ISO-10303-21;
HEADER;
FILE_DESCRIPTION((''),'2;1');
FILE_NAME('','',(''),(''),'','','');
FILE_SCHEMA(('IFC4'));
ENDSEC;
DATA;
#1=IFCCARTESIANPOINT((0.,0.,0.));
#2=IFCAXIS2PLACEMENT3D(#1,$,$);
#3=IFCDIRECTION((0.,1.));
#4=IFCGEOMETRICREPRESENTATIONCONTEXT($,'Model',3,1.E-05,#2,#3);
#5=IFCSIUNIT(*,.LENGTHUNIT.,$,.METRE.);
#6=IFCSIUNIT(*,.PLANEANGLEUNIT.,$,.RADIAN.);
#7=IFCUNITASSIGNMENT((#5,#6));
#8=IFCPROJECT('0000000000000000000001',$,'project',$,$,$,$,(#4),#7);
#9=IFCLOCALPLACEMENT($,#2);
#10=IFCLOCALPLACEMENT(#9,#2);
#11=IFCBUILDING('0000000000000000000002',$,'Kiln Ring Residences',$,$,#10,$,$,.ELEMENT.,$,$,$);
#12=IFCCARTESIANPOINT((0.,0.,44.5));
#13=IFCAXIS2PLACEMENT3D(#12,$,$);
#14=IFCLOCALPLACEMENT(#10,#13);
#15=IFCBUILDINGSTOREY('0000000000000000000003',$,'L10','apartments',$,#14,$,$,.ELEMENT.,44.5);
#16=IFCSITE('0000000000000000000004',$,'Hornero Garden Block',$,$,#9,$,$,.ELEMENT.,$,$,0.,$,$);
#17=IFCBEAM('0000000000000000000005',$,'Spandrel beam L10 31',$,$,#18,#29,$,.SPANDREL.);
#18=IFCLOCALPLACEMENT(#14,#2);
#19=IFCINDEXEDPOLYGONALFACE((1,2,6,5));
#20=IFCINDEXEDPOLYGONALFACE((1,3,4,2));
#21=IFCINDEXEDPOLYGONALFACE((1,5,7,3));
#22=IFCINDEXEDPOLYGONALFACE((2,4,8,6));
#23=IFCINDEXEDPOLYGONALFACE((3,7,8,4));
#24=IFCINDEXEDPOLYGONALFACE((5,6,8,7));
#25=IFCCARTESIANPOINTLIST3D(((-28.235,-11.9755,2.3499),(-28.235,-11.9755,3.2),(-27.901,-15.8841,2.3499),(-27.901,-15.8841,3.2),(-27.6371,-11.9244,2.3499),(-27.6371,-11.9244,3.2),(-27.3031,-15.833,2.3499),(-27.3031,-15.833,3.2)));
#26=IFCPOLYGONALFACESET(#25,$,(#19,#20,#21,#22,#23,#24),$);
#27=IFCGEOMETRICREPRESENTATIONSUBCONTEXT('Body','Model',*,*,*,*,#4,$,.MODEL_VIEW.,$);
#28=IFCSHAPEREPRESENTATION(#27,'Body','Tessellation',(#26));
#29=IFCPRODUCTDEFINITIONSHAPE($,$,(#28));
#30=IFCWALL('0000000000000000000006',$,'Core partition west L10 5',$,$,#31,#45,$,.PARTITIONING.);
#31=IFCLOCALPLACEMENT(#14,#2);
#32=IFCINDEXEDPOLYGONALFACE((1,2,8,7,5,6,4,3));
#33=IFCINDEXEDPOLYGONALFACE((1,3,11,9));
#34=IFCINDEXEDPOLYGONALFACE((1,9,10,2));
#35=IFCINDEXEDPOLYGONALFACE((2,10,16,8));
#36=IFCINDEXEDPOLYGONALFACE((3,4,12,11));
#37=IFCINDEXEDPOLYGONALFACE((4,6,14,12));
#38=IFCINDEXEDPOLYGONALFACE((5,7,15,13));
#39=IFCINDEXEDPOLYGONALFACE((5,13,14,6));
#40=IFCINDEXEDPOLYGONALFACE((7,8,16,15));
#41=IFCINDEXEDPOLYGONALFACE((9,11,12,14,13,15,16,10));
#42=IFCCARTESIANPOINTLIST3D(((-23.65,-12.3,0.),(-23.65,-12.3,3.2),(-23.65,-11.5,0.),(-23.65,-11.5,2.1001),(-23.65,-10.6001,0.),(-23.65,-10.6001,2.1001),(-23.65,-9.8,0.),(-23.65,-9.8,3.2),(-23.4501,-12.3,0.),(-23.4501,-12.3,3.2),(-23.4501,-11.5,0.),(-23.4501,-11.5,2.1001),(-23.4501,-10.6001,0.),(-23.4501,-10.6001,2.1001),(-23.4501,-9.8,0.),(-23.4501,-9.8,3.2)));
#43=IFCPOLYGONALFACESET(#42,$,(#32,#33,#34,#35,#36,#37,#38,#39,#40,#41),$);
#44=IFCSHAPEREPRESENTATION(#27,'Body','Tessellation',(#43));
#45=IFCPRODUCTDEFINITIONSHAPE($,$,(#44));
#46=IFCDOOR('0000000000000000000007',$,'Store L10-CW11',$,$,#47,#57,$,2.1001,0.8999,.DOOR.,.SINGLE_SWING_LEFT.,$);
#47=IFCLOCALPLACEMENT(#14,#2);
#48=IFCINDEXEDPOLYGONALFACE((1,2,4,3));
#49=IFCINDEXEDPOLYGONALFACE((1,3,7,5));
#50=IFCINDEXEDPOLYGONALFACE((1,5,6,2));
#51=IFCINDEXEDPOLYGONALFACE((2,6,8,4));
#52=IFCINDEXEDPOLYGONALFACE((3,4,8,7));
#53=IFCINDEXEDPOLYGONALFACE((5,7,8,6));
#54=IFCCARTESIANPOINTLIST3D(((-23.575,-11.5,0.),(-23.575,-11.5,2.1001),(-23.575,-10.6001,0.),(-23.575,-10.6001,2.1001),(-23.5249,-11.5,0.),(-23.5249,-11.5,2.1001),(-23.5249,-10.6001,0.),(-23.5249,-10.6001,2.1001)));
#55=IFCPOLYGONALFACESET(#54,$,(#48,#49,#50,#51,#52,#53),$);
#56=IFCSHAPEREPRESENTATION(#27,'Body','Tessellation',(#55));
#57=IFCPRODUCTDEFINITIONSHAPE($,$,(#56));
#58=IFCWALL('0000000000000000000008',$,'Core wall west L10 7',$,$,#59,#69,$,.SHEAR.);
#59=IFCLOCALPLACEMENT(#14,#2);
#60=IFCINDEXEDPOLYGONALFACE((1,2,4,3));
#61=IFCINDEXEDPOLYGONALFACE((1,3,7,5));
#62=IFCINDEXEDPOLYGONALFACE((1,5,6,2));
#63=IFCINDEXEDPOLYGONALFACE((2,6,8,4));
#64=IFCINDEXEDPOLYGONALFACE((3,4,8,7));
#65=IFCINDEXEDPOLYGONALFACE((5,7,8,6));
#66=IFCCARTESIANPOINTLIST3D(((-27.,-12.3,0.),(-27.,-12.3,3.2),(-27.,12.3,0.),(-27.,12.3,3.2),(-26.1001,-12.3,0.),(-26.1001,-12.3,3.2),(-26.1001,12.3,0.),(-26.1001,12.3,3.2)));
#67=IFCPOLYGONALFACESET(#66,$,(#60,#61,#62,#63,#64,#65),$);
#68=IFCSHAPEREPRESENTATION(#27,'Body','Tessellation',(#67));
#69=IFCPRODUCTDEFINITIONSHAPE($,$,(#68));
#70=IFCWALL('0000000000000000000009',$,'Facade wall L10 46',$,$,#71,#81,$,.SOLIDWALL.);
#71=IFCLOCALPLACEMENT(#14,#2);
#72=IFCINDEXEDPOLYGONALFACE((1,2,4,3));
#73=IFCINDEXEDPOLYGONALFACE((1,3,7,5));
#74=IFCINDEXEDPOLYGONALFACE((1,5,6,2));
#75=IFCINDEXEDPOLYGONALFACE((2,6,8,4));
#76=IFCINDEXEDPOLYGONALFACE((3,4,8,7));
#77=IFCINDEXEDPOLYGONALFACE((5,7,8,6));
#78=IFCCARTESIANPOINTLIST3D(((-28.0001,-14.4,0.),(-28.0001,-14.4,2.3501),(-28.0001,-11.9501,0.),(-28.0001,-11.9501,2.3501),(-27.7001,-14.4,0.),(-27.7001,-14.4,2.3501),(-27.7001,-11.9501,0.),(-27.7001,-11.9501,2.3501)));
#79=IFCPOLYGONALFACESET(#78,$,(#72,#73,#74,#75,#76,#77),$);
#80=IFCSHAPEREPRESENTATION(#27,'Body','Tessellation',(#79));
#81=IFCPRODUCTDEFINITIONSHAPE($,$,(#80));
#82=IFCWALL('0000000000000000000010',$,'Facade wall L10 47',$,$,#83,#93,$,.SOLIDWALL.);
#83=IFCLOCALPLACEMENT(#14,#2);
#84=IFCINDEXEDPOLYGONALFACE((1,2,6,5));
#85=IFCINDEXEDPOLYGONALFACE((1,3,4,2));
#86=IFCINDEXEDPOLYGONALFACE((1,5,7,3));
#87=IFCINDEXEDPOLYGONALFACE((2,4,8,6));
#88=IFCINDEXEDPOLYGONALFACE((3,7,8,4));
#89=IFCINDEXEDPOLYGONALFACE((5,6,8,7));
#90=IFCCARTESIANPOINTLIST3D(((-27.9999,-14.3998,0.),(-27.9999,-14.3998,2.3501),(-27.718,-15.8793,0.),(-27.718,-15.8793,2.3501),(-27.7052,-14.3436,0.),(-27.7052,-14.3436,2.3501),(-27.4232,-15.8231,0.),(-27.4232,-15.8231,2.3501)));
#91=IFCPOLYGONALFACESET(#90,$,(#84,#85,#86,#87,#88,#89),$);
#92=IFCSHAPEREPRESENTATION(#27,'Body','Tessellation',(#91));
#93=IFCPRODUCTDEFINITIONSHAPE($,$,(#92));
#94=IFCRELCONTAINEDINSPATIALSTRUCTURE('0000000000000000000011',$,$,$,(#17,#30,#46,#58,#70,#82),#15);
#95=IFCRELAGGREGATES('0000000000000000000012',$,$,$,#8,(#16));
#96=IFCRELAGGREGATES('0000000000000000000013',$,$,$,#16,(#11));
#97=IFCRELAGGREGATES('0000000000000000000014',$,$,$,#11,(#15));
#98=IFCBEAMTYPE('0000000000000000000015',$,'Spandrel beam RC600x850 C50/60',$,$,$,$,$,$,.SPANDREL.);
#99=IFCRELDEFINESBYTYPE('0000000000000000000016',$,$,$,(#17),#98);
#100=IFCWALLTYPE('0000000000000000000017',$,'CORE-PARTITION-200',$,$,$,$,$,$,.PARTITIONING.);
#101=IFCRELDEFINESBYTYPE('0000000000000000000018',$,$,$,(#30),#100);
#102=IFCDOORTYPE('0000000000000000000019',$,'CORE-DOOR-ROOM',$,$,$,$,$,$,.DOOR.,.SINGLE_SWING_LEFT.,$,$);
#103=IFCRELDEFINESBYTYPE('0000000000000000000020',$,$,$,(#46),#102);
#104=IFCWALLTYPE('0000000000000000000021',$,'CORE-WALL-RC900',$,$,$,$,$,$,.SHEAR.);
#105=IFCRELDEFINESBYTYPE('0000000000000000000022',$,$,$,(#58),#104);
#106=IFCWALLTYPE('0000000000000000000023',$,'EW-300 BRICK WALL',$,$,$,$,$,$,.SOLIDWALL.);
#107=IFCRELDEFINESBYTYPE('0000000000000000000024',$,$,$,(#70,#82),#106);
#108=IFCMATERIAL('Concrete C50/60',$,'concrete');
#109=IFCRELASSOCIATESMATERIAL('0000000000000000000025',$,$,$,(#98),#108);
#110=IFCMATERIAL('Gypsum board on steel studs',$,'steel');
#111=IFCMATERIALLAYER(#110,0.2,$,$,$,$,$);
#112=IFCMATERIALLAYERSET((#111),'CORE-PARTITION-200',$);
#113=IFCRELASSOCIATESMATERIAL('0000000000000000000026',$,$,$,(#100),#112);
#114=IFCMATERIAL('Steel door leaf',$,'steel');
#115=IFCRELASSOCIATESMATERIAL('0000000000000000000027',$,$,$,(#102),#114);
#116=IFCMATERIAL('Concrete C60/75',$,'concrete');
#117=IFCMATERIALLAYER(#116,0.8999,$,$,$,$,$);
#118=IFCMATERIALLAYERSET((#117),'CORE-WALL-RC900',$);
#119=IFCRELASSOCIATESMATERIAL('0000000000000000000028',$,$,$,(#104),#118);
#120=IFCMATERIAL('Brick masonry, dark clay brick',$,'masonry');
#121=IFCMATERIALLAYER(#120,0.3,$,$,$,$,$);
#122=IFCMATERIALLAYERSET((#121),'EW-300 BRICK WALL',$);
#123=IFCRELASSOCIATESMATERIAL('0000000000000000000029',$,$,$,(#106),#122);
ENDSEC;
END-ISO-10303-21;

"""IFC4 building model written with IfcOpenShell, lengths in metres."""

from ifc_helpers import new_model, si_unit, direction, frame, frame_2d, origin, origin_2d, place, context, subcontext, project, spatial, rectangle, extrude, material, layer, layer_set, material_profile, profile_set, type_object, element, fill, save


model = new_model("IFC4")

# Units and contexts
model_context = context("Model", 3, precision=1e-05, world=origin(), true_north=direction((0.0, 1.0)))
body_context = subcontext(model_context, "Body", "Model", "MODEL_VIEW")
ifc_project = project(units=[si_unit("LENGTHUNIT", "METRE"), si_unit("PLANEANGLEUNIT", "RADIAN")], contexts=[model_context])

# Site, building, storey
site_placement = place(None, origin())
site = spatial("IfcSite", under=ifc_project, at=site_placement, Name="Hornero Garden Block", CompositionType="ELEMENT", RefElevation=0.0)
building_placement = place(site_placement, origin())
building = spatial("IfcBuilding", under=site, at=building_placement, Name="Kiln Ring Residences", CompositionType="ELEMENT")
storey_placement = place(building_placement, frame((0.0, 0.0, 44.5)))
storey = spatial("IfcBuildingStorey", under=building, at=storey_placement, Name="L10", Description="apartments", CompositionType="ELEMENT", Elevation=44.5)

# Beam
ifc_material_1 = material(Name="Concrete C50/60", Category="concrete")
ifc_material_profile = material_profile(ifc_material_1, rectangle(XDim=0.6001, YDim=0.8501, at=origin_2d()), Name="RC600x850")
ifc_profile_set = profile_set([ifc_material_profile], Name="Concrete C50/60")
beam_type = type_object("IfcBeamType", Name="Spandrel beam RC600x850 C50/60", PredefinedType="SPANDREL", material=ifc_profile_set)
beam_placement = place(storey_placement, frame((-27.936, -11.95, 2.7749), z_axis=(0.085136, -0.996369, 0.0), x_axis=(0.996369, 0.085136, 0.0)))
element("IfcBeam", 1, at=beam_placement, inside=storey, type_object=beam_type, Name="Spandrel beam L10 31", PredefinedType="SPANDREL", context=body_context, shape_type="SweptSolid", body=[
    extrude(rectangle(XDim=0.6001, YDim=0.8501, at=origin_2d()), origin(), (0.0, 0.0, 1.0), 3.9229),
])

# Wall, opening, door
ifc_material_2 = material(Name="Gypsum board on steel studs", Category="steel")
ifc_layer_1 = layer(ifc_material_2, 0.2)
ifc_layer_set_1 = layer_set([ifc_layer_1], Name="CORE-PARTITION-200")
wall_type_1 = type_object("IfcWallType", Name="CORE-PARTITION-200", PredefinedType="PARTITIONING", material=ifc_layer_set_1)
wall_1_placement = place(storey_placement, frame((-23.55, -12.3, 0.0), z_axis=(0.0, 0.0, 1.0), x_axis=(0.0, 1.0, 0.0)))
wall_1 = element("IfcWall", 2, at=wall_1_placement, inside=storey, type_object=wall_type_1, Name="Core partition west L10 5", PredefinedType="PARTITIONING", context=body_context, shape_type="SweptSolid", body=[
    extrude(rectangle(XDim=2.5, YDim=0.2, at=frame_2d((1.25, 0.0))), origin(), (0.0, 0.0, 1.0), 3.2),
])
opening_1_placement = place(wall_1_placement, frame((0.8, 0.0, 0.0)))
opening_1 = element("IfcOpeningElement", 3, at=opening_1_placement, cuts=wall_1, PredefinedType="OPENING", context=body_context, shape_type="SweptSolid", body=[
    extrude(rectangle(XDim=0.8999, YDim=2.1001, at=frame_2d((0.45, 1.05))), frame((0.0, 0.1099, 0.0), z_axis=(0.0, -1.0, 0.0), x_axis=(1.0, 0.0, 0.0)), (0.0, 0.0, 1.0), 0.22),
])
ifc_material_3 = material(Name="Steel door leaf", Category="steel")
door_type_1 = type_object("IfcDoorType", Name="CORE-DOOR-ROOM", OperationType="SINGLE_SWING_LEFT", PredefinedType="DOOR", material=ifc_material_3)
door_1_placement = place(opening_1_placement, origin())
door_1 = element("IfcDoor", 4, at=door_1_placement, inside=storey, type_object=door_type_1, Name="Store L10-CW11", OperationType="SINGLE_SWING_LEFT", OverallHeight=2.1001, OverallWidth=0.8999, PredefinedType="DOOR", context=body_context, shape_type="SweptSolid", body=[
    extrude(rectangle(XDim=0.8999, YDim=2.1001, at=frame_2d((0.45, 1.05))), frame((0.0, 0.0249, 0.0), z_axis=(0.0, -1.0, 0.0), x_axis=(1.0, 0.0, 0.0)), (0.0, 0.0, 1.0), 0.05),
])
fill(opening_1, door_1)

# Walls
ifc_material_4 = material(Name="Concrete C60/75", Category="concrete")
ifc_layer_2 = layer(ifc_material_4, 0.8999)
ifc_layer_set_2 = layer_set([ifc_layer_2], Name="CORE-WALL-RC900")
wall_type_2 = type_object("IfcWallType", Name="CORE-WALL-RC900", PredefinedType="SHEAR", material=ifc_layer_set_2)
wall_2_placement = place(storey_placement, frame((-26.55, -12.3, 0.0), z_axis=(0.0, 0.0, 1.0), x_axis=(0.0, 1.0, 0.0)))
element("IfcWall", 5, at=wall_2_placement, inside=storey, type_object=wall_type_2, Name="Core wall west L10 7", PredefinedType="SHEAR", context=body_context, shape_type="SweptSolid", body=[
    extrude(rectangle(XDim=24.6001, YDim=0.8999, at=frame_2d((12.3, 0.0))), origin(), (0.0, 0.0, 1.0), 3.2),
])
ifc_material_5 = material(Name="Brick masonry, dark clay brick", Category="masonry")
ifc_layer_3 = layer(ifc_material_5, 0.3)
ifc_layer_set_3 = layer_set([ifc_layer_3], Name="EW-300 BRICK WALL")
wall_type_3 = type_object("IfcWallType", Name="EW-300 BRICK WALL", PredefinedType="SOLIDWALL", material=ifc_layer_set_3)
wall_3_placement = place(storey_placement, frame((-27.8501, -11.95, 0.0), z_axis=(0.0, 0.0, 1.0), x_axis=(0.0, -1.0, 0.0)))
element("IfcWall", 6, at=wall_3_placement, inside=storey, type_object=wall_type_3, Name="Facade wall L10 46", PredefinedType="SOLIDWALL", context=body_context, shape_type="SweptSolid", body=[
    extrude(rectangle(XDim=2.45, YDim=0.3, at=frame_2d((1.2251, 0.0))), origin(), (0.0, 0.0, 1.0), 2.3501),
])
wall_4_placement = place(storey_placement, frame((-27.8525, -14.3718, 0.0), z_axis=(0.0, 0.0, 1.0), x_axis=(0.187224, -0.982317, 0.0)))
element("IfcWall", 7, at=wall_4_placement, inside=storey, type_object=wall_type_3, Name="Facade wall L10 47", PredefinedType="SOLIDWALL", context=body_context, shape_type="SweptSolid", body=[
    extrude(rectangle(XDim=1.5061, YDim=0.3, at=frame_2d((0.7529, 0.0))), origin(), (0.0, 0.0, 1.0), 2.3501),
])

save(model, "model.ifc")
